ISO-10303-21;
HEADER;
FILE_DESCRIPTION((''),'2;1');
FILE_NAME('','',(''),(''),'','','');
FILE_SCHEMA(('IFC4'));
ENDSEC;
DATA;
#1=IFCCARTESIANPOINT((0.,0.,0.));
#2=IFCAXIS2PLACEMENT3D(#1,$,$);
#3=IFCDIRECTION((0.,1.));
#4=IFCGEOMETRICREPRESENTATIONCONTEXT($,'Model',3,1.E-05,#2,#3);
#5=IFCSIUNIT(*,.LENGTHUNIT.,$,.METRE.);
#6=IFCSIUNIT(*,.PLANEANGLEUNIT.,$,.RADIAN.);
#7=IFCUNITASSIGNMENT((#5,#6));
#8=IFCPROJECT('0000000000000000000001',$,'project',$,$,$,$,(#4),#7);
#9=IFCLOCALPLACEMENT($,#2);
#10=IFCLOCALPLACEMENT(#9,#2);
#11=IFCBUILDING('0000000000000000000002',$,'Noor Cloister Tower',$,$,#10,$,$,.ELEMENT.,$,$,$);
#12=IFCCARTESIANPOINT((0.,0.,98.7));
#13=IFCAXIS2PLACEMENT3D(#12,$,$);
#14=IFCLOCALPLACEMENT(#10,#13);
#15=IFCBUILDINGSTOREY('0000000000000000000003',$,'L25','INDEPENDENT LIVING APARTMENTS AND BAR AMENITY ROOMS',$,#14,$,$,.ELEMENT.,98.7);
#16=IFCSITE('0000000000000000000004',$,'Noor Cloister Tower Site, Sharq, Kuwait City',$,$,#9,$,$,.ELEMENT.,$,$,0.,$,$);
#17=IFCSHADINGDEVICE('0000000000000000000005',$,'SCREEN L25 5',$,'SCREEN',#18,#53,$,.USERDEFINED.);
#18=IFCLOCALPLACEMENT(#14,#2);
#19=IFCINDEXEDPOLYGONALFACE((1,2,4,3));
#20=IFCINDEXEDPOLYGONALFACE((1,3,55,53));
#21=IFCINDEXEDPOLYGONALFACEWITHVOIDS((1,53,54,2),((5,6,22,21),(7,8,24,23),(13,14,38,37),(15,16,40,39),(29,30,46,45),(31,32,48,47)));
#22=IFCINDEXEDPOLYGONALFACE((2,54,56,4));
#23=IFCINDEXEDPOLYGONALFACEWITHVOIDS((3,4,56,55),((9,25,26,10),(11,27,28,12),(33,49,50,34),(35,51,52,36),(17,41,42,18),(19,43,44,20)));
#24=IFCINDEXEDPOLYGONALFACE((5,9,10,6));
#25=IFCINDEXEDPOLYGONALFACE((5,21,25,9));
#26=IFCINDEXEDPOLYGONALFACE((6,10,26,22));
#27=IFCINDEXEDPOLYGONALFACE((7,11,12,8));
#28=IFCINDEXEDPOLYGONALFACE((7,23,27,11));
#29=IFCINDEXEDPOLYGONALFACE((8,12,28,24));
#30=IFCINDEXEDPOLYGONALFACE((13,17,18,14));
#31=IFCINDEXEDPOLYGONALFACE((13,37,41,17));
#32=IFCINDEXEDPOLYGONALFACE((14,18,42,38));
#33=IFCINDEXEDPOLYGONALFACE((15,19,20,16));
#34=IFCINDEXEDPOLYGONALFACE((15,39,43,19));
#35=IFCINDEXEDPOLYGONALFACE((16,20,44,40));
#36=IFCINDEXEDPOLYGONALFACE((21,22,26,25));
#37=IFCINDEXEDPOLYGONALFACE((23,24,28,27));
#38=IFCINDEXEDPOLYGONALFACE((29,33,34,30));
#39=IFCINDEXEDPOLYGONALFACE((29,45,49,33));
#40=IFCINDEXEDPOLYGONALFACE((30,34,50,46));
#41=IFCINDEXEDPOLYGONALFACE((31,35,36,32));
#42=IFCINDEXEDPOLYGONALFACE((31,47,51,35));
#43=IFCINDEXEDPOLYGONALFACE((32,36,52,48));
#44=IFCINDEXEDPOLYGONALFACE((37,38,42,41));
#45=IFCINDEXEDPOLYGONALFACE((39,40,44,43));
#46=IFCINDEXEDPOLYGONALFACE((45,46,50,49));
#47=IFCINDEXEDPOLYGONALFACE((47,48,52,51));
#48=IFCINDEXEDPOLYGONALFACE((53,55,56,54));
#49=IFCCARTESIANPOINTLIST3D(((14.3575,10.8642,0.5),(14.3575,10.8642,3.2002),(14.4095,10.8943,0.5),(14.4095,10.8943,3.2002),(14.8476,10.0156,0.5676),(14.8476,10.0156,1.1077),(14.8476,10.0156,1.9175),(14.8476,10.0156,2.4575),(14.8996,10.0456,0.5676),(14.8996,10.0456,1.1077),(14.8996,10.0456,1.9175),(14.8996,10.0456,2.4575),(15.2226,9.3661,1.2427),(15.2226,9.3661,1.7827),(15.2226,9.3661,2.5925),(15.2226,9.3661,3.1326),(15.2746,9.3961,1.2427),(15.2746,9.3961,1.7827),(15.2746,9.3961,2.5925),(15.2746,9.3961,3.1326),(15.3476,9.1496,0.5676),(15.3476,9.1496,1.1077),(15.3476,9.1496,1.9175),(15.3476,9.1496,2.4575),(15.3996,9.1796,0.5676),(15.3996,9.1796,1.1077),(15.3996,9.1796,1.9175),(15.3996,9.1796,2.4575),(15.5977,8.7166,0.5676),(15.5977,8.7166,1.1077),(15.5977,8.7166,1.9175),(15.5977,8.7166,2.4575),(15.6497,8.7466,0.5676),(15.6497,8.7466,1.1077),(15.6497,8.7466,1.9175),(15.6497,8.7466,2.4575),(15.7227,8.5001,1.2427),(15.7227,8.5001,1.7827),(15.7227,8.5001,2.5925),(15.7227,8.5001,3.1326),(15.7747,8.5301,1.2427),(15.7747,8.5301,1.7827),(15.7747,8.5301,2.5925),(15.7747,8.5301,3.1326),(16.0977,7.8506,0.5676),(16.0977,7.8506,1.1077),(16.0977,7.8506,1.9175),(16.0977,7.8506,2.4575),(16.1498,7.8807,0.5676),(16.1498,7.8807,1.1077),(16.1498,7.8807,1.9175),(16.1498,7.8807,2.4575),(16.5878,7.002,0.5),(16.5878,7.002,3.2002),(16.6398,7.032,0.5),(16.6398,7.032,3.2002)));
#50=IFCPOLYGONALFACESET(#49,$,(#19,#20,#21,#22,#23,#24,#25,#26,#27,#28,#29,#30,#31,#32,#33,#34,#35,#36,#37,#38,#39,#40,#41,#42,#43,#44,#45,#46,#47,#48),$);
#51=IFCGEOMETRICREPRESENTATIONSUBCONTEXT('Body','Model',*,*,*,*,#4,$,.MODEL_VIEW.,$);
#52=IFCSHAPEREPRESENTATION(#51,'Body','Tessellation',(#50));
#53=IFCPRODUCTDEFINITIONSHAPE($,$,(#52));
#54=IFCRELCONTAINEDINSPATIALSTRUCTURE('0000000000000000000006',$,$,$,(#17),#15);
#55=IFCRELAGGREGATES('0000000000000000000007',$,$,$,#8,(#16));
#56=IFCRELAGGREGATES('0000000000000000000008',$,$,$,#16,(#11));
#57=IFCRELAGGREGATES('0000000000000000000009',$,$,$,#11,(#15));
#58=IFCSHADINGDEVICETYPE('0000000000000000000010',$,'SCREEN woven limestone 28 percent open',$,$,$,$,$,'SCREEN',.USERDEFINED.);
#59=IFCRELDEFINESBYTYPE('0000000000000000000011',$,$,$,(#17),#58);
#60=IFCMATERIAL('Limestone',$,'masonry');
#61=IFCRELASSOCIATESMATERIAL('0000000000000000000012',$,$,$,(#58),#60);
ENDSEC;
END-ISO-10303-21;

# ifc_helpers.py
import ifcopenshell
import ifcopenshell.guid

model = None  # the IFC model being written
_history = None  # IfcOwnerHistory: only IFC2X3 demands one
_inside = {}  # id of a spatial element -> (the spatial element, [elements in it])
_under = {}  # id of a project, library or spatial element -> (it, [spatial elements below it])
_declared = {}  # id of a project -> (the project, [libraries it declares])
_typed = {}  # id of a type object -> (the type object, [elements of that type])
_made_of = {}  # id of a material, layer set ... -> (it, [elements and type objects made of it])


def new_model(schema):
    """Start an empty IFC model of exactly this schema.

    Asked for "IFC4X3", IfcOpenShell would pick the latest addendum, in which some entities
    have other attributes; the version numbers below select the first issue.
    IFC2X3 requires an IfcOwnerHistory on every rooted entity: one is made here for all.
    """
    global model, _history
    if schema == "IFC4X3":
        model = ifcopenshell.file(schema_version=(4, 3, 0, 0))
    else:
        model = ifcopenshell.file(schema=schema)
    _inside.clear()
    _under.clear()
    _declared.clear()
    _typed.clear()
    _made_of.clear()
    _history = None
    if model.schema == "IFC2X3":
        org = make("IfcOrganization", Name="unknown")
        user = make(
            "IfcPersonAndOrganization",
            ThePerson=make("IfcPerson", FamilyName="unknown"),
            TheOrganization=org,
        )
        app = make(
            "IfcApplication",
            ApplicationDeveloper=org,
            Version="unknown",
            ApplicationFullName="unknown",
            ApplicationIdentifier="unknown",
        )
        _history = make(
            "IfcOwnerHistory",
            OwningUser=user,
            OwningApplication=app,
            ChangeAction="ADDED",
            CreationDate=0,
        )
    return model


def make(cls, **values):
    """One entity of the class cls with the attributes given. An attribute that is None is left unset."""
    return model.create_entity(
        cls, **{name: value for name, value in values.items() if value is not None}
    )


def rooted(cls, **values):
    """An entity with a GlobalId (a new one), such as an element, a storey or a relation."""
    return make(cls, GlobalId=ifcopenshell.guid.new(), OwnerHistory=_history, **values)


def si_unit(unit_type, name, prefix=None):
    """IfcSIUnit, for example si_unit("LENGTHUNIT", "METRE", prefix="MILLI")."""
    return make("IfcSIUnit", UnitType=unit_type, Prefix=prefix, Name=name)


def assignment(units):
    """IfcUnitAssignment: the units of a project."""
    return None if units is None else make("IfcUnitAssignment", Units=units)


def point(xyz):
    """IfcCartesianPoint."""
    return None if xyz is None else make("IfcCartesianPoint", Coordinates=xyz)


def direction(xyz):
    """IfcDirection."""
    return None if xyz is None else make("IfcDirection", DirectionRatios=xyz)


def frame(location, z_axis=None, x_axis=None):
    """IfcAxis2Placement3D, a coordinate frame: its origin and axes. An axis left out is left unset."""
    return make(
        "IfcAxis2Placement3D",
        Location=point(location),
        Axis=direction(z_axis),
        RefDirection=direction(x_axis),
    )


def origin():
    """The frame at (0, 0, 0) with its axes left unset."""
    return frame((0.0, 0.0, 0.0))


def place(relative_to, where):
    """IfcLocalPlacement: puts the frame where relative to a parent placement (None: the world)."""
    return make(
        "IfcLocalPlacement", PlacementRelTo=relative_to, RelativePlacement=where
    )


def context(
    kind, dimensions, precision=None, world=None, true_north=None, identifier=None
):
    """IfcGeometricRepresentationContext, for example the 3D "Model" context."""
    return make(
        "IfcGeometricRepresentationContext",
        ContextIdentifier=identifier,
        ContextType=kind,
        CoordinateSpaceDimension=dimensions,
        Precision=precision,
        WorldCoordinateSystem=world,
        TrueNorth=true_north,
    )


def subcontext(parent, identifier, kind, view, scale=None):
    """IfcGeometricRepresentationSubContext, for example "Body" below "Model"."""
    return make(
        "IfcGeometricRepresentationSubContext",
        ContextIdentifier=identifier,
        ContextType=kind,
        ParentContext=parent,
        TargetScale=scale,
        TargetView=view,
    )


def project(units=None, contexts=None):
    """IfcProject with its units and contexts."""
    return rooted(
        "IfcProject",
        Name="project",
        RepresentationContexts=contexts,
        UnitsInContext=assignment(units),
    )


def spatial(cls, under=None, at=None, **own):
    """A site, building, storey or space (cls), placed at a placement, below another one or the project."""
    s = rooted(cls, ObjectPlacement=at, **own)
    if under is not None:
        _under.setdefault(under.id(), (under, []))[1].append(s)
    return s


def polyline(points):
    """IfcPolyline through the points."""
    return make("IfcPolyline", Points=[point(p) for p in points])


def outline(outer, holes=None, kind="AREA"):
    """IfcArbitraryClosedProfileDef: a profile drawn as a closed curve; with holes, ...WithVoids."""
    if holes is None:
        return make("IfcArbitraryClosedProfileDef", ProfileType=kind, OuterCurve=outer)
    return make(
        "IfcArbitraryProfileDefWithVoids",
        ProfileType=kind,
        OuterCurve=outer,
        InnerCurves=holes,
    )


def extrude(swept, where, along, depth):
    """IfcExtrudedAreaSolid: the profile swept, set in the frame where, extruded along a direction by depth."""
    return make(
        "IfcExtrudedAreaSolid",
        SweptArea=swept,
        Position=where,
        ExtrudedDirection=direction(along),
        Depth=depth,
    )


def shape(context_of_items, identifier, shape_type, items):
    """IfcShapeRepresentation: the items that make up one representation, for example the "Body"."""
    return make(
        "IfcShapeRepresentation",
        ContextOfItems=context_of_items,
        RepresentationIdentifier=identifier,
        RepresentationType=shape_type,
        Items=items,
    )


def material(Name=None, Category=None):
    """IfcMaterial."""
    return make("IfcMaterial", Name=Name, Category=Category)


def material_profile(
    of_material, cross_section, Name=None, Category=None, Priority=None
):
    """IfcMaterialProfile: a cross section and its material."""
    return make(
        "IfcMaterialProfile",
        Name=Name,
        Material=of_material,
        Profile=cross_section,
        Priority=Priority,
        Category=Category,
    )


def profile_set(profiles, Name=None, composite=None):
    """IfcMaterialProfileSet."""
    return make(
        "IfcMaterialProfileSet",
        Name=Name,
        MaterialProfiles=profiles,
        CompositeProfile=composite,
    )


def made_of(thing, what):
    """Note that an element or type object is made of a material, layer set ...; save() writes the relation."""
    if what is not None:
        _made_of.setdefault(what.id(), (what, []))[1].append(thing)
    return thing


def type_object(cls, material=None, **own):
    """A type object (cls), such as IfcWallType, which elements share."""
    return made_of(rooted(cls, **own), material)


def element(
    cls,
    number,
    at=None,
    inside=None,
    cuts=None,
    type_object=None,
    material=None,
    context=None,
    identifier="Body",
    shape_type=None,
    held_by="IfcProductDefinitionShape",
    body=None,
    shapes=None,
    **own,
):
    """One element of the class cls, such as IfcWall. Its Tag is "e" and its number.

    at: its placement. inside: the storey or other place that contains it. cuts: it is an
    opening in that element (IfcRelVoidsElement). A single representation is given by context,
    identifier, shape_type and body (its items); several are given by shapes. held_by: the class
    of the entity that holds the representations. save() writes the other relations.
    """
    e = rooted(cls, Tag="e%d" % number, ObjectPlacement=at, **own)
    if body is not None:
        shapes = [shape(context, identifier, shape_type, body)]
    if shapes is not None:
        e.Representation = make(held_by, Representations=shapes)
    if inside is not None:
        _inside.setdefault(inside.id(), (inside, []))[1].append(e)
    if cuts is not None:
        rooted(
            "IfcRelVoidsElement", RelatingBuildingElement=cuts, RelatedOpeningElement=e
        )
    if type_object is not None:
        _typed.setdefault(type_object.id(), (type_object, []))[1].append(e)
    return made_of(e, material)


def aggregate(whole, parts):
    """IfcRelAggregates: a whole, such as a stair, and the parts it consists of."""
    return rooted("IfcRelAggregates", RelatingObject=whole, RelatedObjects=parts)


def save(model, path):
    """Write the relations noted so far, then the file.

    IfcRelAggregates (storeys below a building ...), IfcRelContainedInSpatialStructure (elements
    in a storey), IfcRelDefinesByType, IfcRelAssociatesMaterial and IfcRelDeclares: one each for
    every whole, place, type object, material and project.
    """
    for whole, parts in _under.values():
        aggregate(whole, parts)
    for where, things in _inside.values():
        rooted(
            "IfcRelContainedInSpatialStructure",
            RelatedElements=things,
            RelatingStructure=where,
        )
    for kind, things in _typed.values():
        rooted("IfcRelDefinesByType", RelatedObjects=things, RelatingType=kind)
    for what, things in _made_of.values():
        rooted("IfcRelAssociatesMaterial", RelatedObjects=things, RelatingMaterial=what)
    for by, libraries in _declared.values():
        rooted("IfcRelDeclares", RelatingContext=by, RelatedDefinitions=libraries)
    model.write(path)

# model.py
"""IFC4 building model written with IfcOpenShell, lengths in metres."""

from ifc_helpers import new_model, si_unit, direction, frame, origin, place, context, subcontext, project, spatial, polyline, outline, extrude, material, material_profile, profile_set, type_object, element, save


model = new_model("IFC4")

# Units and contexts
model_context = context("Model", 3, precision=1e-05, world=origin(), true_north=direction((0.0, 1.0)))
body_context = subcontext(model_context, "Body", "Model", "MODEL_VIEW")
ifc_project = project(units=[si_unit("LENGTHUNIT", "METRE"), si_unit("PLANEANGLEUNIT", "RADIAN")], contexts=[model_context])

# Site, building, storey
site_placement = place(None, origin())
site = spatial("IfcSite", under=ifc_project, at=site_placement, Name="Noor Cloister Tower Site, Sharq, Kuwait City", CompositionType="ELEMENT", RefElevation=0.0)
building_placement = place(site_placement, origin())
building = spatial("IfcBuilding", under=site, at=building_placement, Name="Noor Cloister Tower", CompositionType="ELEMENT")
storey_placement = place(building_placement, frame((0.0, 0.0, 98.7)))
storey = spatial("IfcBuildingStorey", under=building, at=storey_placement, Name="L25", Description="INDEPENDENT LIVING APARTMENTS AND BAR AMENITY ROOMS", CompositionType="ELEMENT", Elevation=98.7)

# Shading device
ifc_material_1 = material(Name="Limestone", Category="masonry")
ifc_material_profile_1 = material_profile(ifc_material_1, outline(polyline([(-2.23, -1.3501), (2.23, -1.3501), (2.23, 1.3501), (-2.23, 1.3501), (-2.23, -1.3501)]), holes=[polyline([(-1.25, -1.2825), (-0.25, -1.2825), (-0.25, -0.7424), (-1.25, -0.7424), (-1.25, -1.2825)]), polyline([(0.25, -1.2825), (1.25, -1.2825), (1.25, -0.7424), (0.25, -0.7424), (0.25, -1.2825)]), polyline([(-0.5, -0.6074), (0.5, -0.6074), (0.5, -0.0674), (-0.5, -0.0674), (-0.5, -0.6074)]), polyline([(-1.25, 0.0674), (-0.25, 0.0674), (-0.25, 0.6074), (-1.25, 0.6074), (-1.25, 0.0674)]), polyline([(0.25, 0.0674), (1.25, 0.0674), (1.25, 0.6074), (0.25, 0.6074), (0.25, 0.0674)]), polyline([(-0.5, 0.7424), (0.5, 0.7424), (0.5, 1.2825), (-0.5, 1.2825), (-0.5, 0.7424)])]), Name="Woven screen 28 percent open")
ifc_profile_set_1 = profile_set([ifc_material_profile_1], Name="Limestone")
shading_device_type = type_object("IfcShadingDeviceType", Name="SCREEN woven limestone 28 percent open", ElementType="SCREEN", PredefinedType="USERDEFINED", material=ifc_profile_set_1)
for number, where, z_axis, x_axis, name in (
    (1, (15.4727, 8.9331, 1.8501), (0.865982, 0.500074, 0.0), (-0.500074, 0.865982, 0.0), "SCREEN L25 5"),
):
    element("IfcShadingDevice", number, at=place(storey_placement, frame(where, z_axis=z_axis, x_axis=x_axis)), inside=storey, type_object=shading_device_type, Name=name, ObjectType="SCREEN", PredefinedType="USERDEFINED", context=body_context, shape_type="SweptSolid", body=[
        extrude(outline(polyline([(-2.23, -1.3501), (2.23, -1.3501), (2.23, 1.3501), (-2.23, 1.3501), (-2.23, -1.3501)]), holes=[polyline([(-1.25, -1.2825), (-0.25, -1.2825), (-0.25, -0.7424), (-1.25, -0.7424), (-1.25, -1.2825)]), polyline([(0.25, -1.2825), (1.25, -1.2825), (1.25, -0.7424), (0.25, -0.7424), (0.25, -1.2825)]), polyline([(-0.5, -0.6074), (0.5, -0.6074), (0.5, -0.0674), (-0.5, -0.0674), (-0.5, -0.6074)]), polyline([(-1.25, 0.0674), (-0.25, 0.0674), (-0.25, 0.6074), (-1.25, 0.6074), (-1.25, 0.0674)]), polyline([(0.25, 0.0674), (1.25, 0.0674), (1.25, 0.6074), (0.25, 0.6074), (0.25, 0.0674)]), polyline([(-0.5, 0.7424), (0.5, 0.7424), (0.5, 1.2825), (-0.5, 1.2825), (-0.5, 0.7424)])]), origin(), (0.0, 0.0, 1.0), 0.0601),
    ])

save(model, "model.ifc")
